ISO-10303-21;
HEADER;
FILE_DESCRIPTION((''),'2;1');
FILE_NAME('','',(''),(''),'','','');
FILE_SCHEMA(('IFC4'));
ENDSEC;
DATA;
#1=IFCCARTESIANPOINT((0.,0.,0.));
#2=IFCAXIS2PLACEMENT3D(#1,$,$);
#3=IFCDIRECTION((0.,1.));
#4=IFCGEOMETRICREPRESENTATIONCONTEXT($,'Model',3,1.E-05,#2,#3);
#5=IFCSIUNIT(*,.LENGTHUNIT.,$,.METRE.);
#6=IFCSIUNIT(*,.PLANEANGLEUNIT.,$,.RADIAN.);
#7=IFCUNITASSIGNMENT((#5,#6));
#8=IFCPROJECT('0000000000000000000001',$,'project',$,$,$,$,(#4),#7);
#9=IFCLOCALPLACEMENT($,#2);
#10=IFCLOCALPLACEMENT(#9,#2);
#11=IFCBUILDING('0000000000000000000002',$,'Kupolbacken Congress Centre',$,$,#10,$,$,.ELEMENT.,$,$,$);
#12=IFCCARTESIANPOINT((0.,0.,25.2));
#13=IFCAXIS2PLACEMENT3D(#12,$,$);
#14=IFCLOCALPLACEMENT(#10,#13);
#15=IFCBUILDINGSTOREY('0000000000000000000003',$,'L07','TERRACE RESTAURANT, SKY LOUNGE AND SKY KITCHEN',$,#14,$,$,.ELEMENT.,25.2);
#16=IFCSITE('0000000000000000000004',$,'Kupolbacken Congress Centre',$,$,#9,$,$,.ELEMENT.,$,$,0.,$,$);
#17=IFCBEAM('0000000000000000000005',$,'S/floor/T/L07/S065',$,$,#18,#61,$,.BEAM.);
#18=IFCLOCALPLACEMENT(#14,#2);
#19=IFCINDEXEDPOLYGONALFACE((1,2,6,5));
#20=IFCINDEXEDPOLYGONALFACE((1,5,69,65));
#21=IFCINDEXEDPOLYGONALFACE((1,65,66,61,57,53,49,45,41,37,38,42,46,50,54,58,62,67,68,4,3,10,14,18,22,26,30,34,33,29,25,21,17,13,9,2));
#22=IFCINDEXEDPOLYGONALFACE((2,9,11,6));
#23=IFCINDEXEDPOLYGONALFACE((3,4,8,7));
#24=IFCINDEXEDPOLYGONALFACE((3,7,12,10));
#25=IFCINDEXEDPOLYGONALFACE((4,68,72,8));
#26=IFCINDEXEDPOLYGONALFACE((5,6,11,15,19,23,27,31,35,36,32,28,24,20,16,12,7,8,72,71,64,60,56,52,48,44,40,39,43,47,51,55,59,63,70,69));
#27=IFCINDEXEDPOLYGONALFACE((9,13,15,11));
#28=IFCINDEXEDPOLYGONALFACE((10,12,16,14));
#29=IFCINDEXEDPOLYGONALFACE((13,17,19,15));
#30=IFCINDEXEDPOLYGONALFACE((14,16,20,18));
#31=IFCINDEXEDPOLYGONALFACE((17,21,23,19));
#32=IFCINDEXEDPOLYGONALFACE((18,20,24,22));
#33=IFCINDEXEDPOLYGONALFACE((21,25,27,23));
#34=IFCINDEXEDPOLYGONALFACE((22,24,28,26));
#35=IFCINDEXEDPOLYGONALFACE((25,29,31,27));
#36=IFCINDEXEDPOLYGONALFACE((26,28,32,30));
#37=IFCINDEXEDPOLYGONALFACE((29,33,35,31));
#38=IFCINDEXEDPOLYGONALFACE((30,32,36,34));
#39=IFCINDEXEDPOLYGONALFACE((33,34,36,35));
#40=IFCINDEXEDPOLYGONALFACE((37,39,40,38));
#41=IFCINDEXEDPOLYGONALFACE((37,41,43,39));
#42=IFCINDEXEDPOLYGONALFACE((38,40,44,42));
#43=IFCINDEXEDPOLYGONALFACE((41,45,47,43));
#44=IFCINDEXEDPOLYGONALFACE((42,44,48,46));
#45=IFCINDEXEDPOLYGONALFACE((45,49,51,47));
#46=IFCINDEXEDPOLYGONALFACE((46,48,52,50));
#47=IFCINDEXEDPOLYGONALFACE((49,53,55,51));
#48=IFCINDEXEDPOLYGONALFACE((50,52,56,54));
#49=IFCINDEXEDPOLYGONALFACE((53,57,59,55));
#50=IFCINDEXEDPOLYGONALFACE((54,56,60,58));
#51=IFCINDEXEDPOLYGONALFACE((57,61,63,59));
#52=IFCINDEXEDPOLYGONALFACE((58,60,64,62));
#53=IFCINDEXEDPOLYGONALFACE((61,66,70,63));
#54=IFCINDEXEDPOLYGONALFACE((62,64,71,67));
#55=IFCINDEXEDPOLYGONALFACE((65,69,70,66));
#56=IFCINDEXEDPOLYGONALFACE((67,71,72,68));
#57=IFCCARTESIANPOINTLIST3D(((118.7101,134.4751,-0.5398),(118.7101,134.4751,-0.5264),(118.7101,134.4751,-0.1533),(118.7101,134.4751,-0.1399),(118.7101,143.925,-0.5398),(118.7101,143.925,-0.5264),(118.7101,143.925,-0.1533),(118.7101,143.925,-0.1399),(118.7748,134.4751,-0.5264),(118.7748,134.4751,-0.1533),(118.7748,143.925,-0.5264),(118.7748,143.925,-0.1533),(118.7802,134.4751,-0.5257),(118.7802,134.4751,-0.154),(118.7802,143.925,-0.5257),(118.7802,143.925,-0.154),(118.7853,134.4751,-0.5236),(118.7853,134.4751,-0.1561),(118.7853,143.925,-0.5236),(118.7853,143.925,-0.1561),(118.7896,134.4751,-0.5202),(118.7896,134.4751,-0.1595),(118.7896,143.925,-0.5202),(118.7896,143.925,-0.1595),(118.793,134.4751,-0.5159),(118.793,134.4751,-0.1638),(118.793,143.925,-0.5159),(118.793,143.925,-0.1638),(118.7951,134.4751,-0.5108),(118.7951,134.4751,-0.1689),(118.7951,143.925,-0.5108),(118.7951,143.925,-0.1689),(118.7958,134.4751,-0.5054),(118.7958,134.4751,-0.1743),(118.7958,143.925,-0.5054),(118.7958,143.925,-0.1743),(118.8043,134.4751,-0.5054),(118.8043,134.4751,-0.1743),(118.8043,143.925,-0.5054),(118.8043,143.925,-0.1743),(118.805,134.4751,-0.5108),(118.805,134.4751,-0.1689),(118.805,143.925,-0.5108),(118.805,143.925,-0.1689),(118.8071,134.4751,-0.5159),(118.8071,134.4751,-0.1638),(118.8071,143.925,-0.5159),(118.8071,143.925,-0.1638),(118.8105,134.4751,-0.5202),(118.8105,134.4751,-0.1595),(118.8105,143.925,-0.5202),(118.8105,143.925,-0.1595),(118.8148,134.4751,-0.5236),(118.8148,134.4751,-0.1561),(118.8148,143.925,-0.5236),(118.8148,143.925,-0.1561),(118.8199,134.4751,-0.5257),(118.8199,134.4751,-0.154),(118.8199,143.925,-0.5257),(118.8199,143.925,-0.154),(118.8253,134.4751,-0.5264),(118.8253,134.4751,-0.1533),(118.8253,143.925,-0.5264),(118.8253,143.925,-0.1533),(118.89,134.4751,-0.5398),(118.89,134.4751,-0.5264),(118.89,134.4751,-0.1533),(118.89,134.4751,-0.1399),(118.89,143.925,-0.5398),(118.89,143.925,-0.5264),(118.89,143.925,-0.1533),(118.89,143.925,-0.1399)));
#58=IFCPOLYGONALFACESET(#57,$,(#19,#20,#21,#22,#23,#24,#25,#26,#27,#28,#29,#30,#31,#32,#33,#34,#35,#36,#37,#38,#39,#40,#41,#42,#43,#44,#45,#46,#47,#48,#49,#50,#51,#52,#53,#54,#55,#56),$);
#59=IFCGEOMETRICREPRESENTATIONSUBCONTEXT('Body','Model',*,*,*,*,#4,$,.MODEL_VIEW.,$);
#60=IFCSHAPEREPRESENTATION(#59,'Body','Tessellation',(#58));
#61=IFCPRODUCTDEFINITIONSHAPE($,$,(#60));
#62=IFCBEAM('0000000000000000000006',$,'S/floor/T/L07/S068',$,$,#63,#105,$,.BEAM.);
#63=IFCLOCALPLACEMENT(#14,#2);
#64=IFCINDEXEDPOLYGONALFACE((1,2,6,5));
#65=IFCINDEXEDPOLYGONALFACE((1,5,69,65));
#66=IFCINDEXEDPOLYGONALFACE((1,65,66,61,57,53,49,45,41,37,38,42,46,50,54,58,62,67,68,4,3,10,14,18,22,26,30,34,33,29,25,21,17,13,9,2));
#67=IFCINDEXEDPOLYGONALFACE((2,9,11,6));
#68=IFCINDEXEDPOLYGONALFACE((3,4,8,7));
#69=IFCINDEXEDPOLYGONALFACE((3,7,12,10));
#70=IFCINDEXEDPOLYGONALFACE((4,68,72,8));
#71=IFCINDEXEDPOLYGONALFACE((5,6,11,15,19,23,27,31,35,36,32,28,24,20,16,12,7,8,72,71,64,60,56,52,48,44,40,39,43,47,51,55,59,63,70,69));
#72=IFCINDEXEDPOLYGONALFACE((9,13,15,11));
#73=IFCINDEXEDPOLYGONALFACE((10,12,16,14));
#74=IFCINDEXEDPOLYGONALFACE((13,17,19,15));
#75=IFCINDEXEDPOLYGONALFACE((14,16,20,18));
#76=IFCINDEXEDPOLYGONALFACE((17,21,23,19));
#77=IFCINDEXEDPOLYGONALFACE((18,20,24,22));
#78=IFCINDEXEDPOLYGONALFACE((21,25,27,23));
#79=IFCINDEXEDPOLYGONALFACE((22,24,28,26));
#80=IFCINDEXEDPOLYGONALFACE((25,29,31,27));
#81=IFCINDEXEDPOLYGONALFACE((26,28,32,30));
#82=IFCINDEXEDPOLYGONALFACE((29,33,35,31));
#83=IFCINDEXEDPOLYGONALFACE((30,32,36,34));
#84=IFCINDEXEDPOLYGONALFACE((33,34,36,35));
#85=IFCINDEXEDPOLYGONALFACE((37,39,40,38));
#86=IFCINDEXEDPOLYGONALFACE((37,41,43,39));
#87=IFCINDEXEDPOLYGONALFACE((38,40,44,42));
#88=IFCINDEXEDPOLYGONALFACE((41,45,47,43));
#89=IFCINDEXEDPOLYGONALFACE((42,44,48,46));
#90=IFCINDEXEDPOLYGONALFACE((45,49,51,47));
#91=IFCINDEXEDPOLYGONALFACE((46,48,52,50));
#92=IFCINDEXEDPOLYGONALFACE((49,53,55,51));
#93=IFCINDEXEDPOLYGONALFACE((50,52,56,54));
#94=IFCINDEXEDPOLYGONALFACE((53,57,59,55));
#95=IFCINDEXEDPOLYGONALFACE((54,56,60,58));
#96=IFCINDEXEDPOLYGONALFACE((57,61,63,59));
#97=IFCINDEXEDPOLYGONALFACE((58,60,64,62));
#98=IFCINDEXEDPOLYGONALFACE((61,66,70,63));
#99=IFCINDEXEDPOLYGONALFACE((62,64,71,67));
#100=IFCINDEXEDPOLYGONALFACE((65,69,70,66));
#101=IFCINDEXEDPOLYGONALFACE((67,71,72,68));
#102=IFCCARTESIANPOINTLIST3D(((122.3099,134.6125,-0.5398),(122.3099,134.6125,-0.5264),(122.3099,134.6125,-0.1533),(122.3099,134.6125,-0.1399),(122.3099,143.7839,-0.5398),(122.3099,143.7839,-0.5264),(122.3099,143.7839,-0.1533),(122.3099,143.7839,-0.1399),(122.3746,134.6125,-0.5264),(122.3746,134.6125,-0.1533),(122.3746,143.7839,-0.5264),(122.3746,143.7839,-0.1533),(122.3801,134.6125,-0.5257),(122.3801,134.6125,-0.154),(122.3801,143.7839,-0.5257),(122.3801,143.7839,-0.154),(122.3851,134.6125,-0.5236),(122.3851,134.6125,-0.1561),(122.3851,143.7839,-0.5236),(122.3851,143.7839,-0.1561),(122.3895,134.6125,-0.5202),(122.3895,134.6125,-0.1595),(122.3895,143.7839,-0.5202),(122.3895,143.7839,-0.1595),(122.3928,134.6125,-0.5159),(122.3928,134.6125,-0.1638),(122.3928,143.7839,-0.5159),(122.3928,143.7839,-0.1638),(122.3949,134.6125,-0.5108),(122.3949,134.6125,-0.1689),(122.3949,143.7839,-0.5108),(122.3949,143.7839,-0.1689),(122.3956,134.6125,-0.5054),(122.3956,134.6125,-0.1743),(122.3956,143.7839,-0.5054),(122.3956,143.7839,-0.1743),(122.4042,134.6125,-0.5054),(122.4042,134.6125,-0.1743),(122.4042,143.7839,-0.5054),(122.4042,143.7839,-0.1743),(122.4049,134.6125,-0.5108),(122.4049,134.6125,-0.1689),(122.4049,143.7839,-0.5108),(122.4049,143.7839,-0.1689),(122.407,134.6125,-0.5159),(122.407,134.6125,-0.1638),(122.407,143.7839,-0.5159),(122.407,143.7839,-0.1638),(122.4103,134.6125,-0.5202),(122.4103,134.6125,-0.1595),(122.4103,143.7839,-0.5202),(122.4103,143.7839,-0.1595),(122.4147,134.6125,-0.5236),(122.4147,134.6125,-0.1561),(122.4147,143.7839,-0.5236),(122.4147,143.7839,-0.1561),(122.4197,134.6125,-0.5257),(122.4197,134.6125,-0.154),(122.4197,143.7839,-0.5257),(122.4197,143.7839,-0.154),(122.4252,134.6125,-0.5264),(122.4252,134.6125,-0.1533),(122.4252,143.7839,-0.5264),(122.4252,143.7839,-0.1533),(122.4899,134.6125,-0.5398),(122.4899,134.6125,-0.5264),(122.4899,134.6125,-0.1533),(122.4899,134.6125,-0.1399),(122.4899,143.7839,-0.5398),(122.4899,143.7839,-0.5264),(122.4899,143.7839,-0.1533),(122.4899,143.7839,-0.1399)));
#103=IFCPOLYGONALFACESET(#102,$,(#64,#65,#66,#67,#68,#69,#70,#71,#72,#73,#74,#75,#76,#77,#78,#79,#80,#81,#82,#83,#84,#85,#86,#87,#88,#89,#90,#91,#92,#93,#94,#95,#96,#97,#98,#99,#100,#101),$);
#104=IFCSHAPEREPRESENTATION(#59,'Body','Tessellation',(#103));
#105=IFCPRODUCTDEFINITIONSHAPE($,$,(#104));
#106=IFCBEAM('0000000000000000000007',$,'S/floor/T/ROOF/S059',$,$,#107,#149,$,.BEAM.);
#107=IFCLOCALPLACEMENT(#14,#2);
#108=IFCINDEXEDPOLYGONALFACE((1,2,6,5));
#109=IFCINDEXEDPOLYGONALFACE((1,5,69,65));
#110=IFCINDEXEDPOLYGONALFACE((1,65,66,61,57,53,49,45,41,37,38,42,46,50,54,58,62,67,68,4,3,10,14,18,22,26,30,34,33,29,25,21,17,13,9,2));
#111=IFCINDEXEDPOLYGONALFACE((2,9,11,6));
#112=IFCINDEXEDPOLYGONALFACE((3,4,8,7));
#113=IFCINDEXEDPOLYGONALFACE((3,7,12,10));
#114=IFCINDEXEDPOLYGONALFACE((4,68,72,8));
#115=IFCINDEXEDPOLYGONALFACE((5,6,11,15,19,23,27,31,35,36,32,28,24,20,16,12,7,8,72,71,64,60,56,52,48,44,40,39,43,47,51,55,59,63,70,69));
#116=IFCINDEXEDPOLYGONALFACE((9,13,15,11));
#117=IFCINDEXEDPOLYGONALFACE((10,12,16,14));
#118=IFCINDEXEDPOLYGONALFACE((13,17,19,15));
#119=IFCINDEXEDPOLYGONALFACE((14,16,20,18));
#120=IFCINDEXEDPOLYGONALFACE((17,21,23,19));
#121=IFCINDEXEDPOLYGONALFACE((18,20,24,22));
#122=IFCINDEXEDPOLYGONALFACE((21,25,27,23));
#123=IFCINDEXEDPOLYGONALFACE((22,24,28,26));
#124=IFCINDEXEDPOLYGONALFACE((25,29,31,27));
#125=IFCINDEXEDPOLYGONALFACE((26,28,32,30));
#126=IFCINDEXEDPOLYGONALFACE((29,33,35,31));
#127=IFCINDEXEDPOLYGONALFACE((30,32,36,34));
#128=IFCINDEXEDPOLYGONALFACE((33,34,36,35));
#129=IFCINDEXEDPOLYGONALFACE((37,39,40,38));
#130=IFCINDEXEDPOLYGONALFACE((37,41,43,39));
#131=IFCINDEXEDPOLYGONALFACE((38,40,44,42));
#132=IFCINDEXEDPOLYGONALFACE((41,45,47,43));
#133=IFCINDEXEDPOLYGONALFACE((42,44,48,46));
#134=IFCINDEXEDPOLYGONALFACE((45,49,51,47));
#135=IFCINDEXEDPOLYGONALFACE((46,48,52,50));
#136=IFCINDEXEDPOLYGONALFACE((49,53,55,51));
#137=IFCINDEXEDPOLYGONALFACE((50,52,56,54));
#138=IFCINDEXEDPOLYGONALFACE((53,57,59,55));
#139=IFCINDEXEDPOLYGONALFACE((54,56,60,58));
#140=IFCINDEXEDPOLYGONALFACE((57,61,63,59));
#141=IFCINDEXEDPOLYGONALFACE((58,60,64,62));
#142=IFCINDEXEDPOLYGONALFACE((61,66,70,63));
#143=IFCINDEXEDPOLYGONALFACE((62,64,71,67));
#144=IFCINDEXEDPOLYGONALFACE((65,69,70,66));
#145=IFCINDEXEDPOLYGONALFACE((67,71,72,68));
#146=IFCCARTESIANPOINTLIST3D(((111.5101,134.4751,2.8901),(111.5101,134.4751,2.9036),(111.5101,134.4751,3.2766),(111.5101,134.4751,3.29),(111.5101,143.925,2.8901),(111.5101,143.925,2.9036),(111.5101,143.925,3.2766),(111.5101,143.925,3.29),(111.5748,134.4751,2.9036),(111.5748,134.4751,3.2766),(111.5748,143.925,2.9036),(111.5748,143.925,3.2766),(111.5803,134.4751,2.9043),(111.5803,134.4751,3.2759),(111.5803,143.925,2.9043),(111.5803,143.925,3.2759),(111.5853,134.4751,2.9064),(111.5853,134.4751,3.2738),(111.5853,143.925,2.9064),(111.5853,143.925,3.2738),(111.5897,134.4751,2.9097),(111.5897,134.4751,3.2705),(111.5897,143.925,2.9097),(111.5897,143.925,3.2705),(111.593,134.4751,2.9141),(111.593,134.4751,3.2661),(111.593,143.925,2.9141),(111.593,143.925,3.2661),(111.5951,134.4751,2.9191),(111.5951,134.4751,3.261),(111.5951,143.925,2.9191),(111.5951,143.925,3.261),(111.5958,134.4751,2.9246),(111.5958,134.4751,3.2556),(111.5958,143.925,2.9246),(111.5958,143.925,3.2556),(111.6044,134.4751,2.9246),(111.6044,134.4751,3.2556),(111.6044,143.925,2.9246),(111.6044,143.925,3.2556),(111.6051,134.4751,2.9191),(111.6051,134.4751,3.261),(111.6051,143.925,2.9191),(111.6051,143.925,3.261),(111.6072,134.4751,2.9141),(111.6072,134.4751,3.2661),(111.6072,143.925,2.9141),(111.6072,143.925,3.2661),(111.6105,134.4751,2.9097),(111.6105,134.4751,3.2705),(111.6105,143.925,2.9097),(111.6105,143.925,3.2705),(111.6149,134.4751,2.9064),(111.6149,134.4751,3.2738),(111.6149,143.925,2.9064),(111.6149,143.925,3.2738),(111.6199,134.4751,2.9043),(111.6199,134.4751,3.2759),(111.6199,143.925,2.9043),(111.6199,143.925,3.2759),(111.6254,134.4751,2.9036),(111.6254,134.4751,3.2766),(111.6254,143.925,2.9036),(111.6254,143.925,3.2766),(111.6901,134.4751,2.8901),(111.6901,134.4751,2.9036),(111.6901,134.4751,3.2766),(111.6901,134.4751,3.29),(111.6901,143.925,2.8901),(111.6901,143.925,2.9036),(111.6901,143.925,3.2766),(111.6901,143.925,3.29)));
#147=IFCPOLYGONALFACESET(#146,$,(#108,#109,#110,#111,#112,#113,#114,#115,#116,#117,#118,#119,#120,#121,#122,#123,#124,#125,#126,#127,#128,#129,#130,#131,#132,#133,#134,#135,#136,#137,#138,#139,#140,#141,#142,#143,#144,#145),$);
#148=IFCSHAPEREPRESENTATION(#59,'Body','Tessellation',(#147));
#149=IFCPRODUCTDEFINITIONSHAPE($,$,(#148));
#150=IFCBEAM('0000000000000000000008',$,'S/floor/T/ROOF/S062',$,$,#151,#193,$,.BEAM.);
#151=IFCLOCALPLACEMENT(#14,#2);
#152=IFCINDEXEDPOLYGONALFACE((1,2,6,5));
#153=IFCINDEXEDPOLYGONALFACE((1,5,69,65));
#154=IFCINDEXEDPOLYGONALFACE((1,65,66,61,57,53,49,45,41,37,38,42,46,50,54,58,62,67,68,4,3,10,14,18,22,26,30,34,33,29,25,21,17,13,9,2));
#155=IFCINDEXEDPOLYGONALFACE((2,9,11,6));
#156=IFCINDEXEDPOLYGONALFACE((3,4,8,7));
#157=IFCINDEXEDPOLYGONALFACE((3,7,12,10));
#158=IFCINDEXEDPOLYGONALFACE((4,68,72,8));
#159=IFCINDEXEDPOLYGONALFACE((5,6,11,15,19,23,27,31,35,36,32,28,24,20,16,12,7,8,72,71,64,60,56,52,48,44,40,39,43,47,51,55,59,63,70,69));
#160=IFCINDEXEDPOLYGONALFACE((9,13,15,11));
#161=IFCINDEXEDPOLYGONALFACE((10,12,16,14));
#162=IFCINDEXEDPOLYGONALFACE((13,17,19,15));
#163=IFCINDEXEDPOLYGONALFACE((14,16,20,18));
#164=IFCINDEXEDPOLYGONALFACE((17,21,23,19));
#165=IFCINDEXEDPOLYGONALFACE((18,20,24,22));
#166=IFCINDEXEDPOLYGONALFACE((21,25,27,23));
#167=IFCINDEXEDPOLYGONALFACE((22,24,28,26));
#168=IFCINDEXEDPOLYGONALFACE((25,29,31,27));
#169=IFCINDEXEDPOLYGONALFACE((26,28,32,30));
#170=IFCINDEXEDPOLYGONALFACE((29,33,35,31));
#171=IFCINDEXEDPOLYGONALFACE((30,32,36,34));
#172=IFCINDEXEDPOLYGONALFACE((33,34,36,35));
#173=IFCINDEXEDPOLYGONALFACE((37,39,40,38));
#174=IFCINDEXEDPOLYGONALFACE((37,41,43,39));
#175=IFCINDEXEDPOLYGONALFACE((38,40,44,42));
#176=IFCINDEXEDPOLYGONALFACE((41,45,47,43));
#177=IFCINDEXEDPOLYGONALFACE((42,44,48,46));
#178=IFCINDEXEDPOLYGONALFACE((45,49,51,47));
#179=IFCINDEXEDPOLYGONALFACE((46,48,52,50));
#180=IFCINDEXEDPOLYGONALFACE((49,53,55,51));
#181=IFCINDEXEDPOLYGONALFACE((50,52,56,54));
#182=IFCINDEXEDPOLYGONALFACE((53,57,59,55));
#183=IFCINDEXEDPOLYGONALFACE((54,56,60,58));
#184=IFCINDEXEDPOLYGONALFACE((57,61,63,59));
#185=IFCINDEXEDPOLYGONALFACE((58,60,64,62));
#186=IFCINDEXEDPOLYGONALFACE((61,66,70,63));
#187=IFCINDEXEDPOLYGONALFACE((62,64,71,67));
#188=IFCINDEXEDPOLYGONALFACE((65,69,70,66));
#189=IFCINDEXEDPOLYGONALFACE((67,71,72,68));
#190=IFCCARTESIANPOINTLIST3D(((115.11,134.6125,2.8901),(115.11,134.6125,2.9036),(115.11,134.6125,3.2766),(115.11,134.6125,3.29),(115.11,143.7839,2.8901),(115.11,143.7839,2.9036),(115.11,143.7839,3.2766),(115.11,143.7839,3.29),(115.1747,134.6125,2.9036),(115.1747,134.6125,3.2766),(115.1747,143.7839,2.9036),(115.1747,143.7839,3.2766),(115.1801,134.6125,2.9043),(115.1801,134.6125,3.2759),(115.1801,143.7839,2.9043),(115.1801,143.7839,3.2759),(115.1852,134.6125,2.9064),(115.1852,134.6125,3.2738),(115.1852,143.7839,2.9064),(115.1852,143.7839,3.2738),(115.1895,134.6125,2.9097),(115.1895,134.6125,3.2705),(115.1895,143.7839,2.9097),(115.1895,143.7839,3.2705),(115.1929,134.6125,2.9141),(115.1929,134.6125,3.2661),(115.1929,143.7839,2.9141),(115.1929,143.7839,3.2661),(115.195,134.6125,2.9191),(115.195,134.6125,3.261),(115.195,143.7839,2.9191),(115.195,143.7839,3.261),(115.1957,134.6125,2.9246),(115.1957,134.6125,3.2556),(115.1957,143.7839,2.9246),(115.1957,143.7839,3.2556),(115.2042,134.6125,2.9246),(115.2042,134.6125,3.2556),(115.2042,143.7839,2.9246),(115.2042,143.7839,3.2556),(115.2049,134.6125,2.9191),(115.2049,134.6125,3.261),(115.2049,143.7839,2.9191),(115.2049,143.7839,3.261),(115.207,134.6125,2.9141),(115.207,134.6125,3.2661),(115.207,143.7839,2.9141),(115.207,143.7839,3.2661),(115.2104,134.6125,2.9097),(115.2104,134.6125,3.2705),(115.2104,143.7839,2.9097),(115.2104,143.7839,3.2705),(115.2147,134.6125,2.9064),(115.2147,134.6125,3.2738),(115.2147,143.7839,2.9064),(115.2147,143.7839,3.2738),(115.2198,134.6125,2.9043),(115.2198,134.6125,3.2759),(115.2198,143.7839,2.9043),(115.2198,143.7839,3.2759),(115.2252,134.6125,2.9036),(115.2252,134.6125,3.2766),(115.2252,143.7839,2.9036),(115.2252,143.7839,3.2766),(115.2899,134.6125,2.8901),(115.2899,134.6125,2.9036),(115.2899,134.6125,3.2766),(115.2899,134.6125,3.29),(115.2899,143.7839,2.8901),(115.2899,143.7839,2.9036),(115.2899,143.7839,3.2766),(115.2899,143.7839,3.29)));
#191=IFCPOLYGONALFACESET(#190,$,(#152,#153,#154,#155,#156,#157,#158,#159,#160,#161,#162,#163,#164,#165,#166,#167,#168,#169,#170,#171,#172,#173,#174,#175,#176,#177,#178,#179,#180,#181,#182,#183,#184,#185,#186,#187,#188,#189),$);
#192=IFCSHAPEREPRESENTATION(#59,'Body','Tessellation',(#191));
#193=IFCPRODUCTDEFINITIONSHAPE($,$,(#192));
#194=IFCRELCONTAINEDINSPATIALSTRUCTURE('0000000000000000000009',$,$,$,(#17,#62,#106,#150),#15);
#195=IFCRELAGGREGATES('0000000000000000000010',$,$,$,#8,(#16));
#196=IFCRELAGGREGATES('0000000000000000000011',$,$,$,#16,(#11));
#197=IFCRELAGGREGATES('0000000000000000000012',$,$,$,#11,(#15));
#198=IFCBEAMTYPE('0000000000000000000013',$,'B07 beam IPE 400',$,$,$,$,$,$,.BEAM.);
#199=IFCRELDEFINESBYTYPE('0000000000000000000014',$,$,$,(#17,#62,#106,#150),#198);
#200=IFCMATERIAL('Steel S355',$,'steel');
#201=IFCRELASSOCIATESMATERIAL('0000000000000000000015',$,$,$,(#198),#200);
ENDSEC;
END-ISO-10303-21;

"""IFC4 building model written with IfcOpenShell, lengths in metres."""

from ifc_helpers import new_model, si_unit, direction, frame, origin, origin_2d, place, context, subcontext, project, spatial, i_section, extrude, material, material_profile, profile_set, type_object, element, save


model = new_model("IFC4")

# Units and contexts
model_context = context("Model", 3, precision=1e-05, world=origin(), true_north=direction((0.0, 1.0)))
body_context = subcontext(model_context, "Body", "Model", "MODEL_VIEW")
ifc_project = project(units=[si_unit("LENGTHUNIT", "METRE"), si_unit("PLANEANGLEUNIT", "RADIAN")], contexts=[model_context])

# Site, building, storey
site_placement = place(None, origin())
site = spatial("IfcSite", under=ifc_project, at=site_placement, Name="Kupolbacken Congress Centre", CompositionType="ELEMENT", RefElevation=0.0)
building_placement = place(site_placement, origin())
building = spatial("IfcBuilding", under=site, at=building_placement, Name="Kupolbacken Congress Centre", CompositionType="ELEMENT")
storey_placement = place(building_placement, frame((0.0, 0.0, 25.2)))
storey = spatial("IfcBuildingStorey", under=building, at=storey_placement, Name="L07", Description="TERRACE RESTAURANT, SKY LOUNGE AND SKY KITCHEN", CompositionType="ELEMENT", Elevation=25.2)

# Beams
ifc_material_1 = material(Name="Steel S355", Category="steel")
ifc_material_profile_1 = material_profile(ifc_material_1, i_section(OverallWidth=0.1799, OverallDepth=0.3999, WebThickness=0.0085, FlangeThickness=0.0134, FilletRadius=0.021, at=origin_2d()), Name="IPE 400")
ifc_profile_set_1 = profile_set([ifc_material_profile_1], Name="Steel S355")
beam_type_1 = type_object("IfcBeamType", Name="B07 beam IPE 400", PredefinedType="BEAM", material=ifc_profile_set_1)
beam_1_placement = place(storey_placement, frame((118.8, 134.4751, -0.3398), z_axis=(0.0, 1.0, 0.0), x_axis=(-1.0, 0.0, 0.0)))
element("IfcBeam", 1, at=beam_1_placement, inside=storey, type_object=beam_type_1, Name="S/floor/T/L07/S065", PredefinedType="BEAM", context=body_context, shape_type="SweptSolid", body=[
    extrude(i_section(OverallWidth=0.1799, OverallDepth=0.3999, WebThickness=0.0085, FlangeThickness=0.0134, FilletRadius=0.021, at=origin_2d()), origin(), (0.0, 0.0, 1.0), 9.45),
])
beam_2_placement = place(storey_placement, frame((122.3999, 134.6125, -0.3398), z_axis=(0.0, 1.0, 0.0), x_axis=(-1.0, 0.0, 0.0)))
element("IfcBeam", 2, at=beam_2_placement, inside=storey, type_object=beam_type_1, Name="S/floor/T/L07/S068", PredefinedType="BEAM", context=body_context, shape_type="SweptSolid", body=[
    extrude(i_section(OverallWidth=0.1799, OverallDepth=0.3999, WebThickness=0.0085, FlangeThickness=0.0134, FilletRadius=0.021, at=origin_2d()), origin(), (0.0, 0.0, 1.0), 9.1714),
])
beam_3_placement = place(storey_placement, frame((111.6001, 134.4751, 3.0901), z_axis=(0.0, 1.0, 0.0), x_axis=(-1.0, 0.0, 0.0)))
element("IfcBeam", 3, at=beam_3_placement, inside=storey, type_object=beam_type_1, Name="S/floor/T/ROOF/S059", PredefinedType="BEAM", context=body_context, shape_type="SweptSolid", body=[
    extrude(i_section(OverallWidth=0.1799, OverallDepth=0.3999, WebThickness=0.0085, FlangeThickness=0.0134, FilletRadius=0.021, at=origin_2d()), origin(), (0.0, 0.0, 1.0), 9.45),
])
beam_4_placement = place(storey_placement, frame((115.2, 134.6125, 3.0901), z_axis=(0.0, 1.0, 0.0), x_axis=(-1.0, 0.0, 0.0)))
element("IfcBeam", 4, at=beam_4_placement, inside=storey, type_object=beam_type_1, Name="S/floor/T/ROOF/S062", PredefinedType="BEAM", context=body_context, shape_type="SweptSolid", body=[
    extrude(i_section(OverallWidth=0.1799, OverallDepth=0.3999, WebThickness=0.0085, FlangeThickness=0.0134, FilletRadius=0.021, at=origin_2d()), origin(), (0.0, 0.0, 1.0), 9.1714),
])

save(model, "model.ifc")
